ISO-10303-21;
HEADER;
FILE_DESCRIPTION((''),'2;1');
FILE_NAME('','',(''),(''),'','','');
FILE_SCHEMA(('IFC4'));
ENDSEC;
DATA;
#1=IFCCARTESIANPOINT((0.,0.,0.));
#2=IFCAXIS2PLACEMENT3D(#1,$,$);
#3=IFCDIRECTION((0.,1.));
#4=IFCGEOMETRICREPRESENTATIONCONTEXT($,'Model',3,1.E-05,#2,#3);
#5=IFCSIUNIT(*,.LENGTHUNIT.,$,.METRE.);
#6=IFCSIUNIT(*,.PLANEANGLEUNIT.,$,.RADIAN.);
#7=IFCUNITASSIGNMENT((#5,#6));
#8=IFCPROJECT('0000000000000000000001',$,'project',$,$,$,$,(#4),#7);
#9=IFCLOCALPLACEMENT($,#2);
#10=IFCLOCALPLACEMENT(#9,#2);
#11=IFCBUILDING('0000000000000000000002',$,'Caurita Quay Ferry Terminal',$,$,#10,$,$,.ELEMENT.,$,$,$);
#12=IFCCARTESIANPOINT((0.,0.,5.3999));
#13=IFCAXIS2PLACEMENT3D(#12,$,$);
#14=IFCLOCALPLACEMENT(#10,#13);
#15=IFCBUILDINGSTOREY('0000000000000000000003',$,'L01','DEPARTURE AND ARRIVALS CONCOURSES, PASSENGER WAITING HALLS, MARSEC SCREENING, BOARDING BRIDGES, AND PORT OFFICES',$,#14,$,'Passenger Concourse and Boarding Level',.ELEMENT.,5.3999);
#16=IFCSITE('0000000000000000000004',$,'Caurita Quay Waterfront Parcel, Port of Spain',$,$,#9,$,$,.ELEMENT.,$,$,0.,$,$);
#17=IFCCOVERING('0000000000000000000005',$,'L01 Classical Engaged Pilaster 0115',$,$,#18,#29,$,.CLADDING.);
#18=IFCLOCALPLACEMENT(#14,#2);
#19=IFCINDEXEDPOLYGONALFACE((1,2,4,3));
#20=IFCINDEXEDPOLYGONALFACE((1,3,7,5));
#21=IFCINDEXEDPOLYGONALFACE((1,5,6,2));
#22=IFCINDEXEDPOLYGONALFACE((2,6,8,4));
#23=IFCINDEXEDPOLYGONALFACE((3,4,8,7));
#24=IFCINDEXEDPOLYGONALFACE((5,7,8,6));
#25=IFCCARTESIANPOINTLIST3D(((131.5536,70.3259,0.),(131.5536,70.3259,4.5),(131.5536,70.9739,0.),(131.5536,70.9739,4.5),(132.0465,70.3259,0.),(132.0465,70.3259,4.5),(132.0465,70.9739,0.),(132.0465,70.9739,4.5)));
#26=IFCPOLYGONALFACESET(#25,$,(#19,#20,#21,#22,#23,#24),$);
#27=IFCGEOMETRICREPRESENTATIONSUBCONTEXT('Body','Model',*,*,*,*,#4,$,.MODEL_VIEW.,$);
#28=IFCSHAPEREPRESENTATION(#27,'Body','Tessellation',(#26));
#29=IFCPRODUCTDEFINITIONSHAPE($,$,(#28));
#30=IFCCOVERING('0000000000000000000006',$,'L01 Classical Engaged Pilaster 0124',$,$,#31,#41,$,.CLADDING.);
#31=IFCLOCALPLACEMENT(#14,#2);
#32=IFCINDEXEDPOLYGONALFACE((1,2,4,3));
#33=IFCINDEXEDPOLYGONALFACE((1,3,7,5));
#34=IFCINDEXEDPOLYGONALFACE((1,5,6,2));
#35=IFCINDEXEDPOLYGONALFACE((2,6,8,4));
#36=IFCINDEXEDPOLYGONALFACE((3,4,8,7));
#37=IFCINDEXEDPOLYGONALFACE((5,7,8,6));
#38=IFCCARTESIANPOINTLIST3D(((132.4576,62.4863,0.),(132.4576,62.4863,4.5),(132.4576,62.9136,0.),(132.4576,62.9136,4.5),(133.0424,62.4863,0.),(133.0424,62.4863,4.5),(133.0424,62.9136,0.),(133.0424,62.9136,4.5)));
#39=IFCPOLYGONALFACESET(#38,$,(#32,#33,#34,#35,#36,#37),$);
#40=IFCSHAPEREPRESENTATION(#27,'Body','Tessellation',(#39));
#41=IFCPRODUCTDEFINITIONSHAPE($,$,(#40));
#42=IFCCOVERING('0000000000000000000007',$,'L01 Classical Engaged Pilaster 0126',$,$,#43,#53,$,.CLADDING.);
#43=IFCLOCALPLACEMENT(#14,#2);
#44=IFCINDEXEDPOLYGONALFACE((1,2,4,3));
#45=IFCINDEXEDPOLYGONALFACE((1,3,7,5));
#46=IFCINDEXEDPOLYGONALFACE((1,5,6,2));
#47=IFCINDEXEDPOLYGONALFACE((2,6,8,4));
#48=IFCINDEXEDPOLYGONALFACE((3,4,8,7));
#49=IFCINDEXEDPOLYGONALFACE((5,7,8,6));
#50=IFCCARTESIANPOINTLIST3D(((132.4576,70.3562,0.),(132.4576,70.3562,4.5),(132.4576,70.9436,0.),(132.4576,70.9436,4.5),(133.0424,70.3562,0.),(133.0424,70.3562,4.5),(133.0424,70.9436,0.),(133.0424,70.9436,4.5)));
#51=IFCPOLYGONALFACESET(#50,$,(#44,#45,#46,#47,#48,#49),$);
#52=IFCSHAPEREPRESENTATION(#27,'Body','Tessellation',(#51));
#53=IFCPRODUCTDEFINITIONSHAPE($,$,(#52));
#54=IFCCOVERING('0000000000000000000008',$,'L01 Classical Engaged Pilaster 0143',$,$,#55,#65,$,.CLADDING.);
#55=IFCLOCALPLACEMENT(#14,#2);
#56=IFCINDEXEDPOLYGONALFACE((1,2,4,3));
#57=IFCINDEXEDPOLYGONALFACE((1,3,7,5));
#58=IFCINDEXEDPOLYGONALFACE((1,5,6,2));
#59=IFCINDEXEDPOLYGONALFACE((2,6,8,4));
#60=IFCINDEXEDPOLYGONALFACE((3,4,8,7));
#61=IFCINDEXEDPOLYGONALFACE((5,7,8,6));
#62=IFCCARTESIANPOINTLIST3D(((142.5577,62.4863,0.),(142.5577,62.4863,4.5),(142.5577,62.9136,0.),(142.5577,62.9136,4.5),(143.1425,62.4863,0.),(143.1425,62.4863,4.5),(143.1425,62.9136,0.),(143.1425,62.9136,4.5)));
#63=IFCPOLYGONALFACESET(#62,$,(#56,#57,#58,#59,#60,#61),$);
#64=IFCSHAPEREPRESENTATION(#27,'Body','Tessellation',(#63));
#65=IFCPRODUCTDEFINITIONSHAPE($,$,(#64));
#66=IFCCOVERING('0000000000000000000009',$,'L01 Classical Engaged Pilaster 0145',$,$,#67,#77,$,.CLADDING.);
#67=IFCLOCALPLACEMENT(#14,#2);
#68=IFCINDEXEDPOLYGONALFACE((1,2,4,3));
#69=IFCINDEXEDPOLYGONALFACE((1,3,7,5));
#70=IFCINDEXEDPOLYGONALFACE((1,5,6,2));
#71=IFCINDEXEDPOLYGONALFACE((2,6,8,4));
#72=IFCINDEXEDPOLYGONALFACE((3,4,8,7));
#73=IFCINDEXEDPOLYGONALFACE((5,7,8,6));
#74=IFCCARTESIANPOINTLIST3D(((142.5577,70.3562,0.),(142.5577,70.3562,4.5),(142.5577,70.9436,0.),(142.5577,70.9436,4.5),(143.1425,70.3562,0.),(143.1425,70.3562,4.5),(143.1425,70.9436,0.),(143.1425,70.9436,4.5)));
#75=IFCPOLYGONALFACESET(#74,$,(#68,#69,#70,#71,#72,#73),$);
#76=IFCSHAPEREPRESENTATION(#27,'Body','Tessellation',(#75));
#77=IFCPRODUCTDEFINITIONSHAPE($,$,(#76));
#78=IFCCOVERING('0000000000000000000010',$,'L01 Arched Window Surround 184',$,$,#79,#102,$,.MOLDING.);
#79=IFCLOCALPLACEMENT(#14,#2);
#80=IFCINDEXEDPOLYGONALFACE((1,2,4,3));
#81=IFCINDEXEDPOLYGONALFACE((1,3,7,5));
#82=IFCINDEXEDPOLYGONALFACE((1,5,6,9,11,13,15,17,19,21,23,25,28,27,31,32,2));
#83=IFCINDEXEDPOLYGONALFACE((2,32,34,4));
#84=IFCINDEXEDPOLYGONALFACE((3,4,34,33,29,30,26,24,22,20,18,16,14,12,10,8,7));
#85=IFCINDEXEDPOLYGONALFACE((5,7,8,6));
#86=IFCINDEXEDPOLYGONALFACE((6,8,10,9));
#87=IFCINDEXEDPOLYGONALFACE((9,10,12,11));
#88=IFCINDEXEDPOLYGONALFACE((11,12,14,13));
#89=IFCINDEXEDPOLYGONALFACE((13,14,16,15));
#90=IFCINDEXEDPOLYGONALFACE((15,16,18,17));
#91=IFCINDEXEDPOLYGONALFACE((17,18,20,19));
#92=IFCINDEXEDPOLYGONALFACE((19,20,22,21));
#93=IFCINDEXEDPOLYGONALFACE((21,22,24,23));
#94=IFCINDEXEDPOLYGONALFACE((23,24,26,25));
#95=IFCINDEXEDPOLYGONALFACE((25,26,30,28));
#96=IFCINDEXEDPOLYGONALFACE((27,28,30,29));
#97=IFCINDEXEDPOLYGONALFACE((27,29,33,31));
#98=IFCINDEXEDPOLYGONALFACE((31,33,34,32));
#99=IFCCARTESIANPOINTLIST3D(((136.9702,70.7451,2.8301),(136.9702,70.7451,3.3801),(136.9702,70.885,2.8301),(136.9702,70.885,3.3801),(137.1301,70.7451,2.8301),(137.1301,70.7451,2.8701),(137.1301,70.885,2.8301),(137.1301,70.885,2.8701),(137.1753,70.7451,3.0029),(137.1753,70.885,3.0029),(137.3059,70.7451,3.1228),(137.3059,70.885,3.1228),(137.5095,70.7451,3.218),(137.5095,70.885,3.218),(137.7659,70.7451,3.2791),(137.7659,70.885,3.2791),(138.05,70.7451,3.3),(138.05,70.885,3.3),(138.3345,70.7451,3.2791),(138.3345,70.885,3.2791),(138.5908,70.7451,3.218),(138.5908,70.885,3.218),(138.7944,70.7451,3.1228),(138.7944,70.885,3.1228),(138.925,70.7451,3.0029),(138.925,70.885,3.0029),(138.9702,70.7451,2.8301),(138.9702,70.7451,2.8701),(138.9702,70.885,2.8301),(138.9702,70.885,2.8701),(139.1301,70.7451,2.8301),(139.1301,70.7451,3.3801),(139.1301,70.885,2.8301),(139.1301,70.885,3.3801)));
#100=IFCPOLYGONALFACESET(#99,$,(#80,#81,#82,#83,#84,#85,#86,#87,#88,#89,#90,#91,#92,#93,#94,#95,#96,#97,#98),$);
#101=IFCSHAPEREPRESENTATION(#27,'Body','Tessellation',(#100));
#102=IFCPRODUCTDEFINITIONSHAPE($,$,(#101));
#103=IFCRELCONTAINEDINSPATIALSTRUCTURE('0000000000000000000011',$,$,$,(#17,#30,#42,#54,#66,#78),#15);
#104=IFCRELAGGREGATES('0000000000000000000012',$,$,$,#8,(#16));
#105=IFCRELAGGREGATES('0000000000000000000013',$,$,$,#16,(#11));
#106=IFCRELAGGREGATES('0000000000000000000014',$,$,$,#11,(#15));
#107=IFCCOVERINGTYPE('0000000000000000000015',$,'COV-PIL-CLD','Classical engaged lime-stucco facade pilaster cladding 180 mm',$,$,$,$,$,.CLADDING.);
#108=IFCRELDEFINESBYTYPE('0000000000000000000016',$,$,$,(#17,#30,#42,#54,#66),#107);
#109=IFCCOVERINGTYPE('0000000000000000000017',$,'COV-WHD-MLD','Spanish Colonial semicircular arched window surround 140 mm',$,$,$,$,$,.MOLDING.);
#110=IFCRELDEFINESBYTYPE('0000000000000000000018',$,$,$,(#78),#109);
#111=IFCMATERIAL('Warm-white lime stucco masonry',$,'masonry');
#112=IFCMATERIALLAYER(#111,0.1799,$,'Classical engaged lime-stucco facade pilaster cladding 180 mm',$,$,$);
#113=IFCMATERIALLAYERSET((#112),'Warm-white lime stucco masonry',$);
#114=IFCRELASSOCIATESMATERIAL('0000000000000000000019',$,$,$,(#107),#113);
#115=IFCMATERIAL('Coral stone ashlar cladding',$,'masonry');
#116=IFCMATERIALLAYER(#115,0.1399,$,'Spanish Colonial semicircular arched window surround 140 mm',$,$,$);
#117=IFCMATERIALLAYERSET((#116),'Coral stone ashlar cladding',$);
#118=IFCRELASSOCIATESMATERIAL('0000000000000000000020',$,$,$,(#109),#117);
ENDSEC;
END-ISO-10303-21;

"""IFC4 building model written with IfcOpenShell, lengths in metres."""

from ifc_helpers import new_model, si_unit, direction, frame, origin, origin_2d, place, context, subcontext, project, spatial, polyline, rectangle, outline, extrude, material, layer, layer_set, type_object, element, save


model = new_model("IFC4")

# Units and contexts
model_context = context("Model", 3, precision=1e-05, world=origin(), true_north=direction((0.0, 1.0)))
body_context = subcontext(model_context, "Body", "Model", "MODEL_VIEW")
ifc_project = project(units=[si_unit("LENGTHUNIT", "METRE"), si_unit("PLANEANGLEUNIT", "RADIAN")], contexts=[model_context])

# Site, building, storey
site_placement = place(None, origin())
site = spatial("IfcSite", under=ifc_project, at=site_placement, Name="Caurita Quay Waterfront Parcel, Port of Spain", CompositionType="ELEMENT", RefElevation=0.0)
building_placement = place(site_placement, origin())
building = spatial("IfcBuilding", under=site, at=building_placement, Name="Caurita Quay Ferry Terminal", CompositionType="ELEMENT")
storey_placement = place(building_placement, frame((0.0, 0.0, 5.3999)))
storey = spatial("IfcBuildingStorey", under=building, at=storey_placement, Name="L01", Description="DEPARTURE AND ARRIVALS CONCOURSES, PASSENGER WAITING HALLS, MARSEC SCREENING, BOARDING BRIDGES, AND PORT OFFICES", LongName="Passenger Concourse and Boarding Level", CompositionType="ELEMENT", Elevation=5.3999)

# Shared definitions
ifc_material_1 = material(Name="Warm-white lime stucco masonry", Category="masonry")

# Coverings
ifc_layer_1 = layer(ifc_material_1, 0.1799, Name="Classical engaged lime-stucco facade pilaster cladding 180 mm")
ifc_layer_set_1 = layer_set([ifc_layer_1], Name="Warm-white lime stucco masonry")
covering_type_1 = type_object("IfcCoveringType", Name="COV-PIL-CLD", Description="Classical engaged lime-stucco facade pilaster cladding 180 mm", PredefinedType="CLADDING", material=ifc_layer_set_1)
covering_1_placement = place(storey_placement, frame((131.8, 70.6499, 0.0), z_axis=(0.0, 0.0, 1.0), x_axis=(1.0, 0.0, 0.0)))
element("IfcCovering", 1, at=covering_1_placement, inside=storey, type_object=covering_type_1, Name="L01 Classical Engaged Pilaster 0115", PredefinedType="CLADDING", context=body_context, shape_type="SweptSolid", body=[
    extrude(rectangle(XDim=0.4929, YDim=0.6479, at=origin_2d()), origin(), (0.0, 0.0, 1.0), 4.5),
])
covering_2_placement = place(storey_placement, frame((132.75, 62.7, 0.0), z_axis=(0.0, 0.0, 1.0), x_axis=(1.0, 0.0, 0.0)))
element("IfcCovering", 2, at=covering_2_placement, inside=storey, type_object=covering_type_1, Name="L01 Classical Engaged Pilaster 0124", PredefinedType="CLADDING", context=body_context, shape_type="SweptSolid", body=[
    extrude(rectangle(XDim=0.5847, YDim=0.4272, at=origin_2d()), origin(), (0.0, 0.0, 1.0), 4.5),
])
covering_3_placement = place(storey_placement, frame((132.75, 70.6499, 0.0), z_axis=(0.0, 0.0, 1.0), x_axis=(1.0, 0.0, 0.0)))
element("IfcCovering", 3, at=covering_3_placement, inside=storey, type_object=covering_type_1, Name="L01 Classical Engaged Pilaster 0126", PredefinedType="CLADDING", context=body_context, shape_type="SweptSolid", body=[
    extrude(rectangle(XDim=0.5847, YDim=0.5874, at=origin_2d()), origin(), (0.0, 0.0, 1.0), 4.5),
])
covering_4_placement = place(storey_placement, frame((142.8501, 62.7, 0.0), z_axis=(0.0, 0.0, 1.0), x_axis=(1.0, 0.0, 0.0)))
element("IfcCovering", 4, at=covering_4_placement, inside=storey, type_object=covering_type_1, Name="L01 Classical Engaged Pilaster 0143", PredefinedType="CLADDING", context=body_context, shape_type="SweptSolid", body=[
    extrude(rectangle(XDim=0.5847, YDim=0.4272, at=origin_2d()), origin(), (0.0, 0.0, 1.0), 4.5),
])
covering_5_placement = place(storey_placement, frame((142.8501, 70.6499, 0.0), z_axis=(0.0, 0.0, 1.0), x_axis=(1.0, 0.0, 0.0)))
element("IfcCovering", 5, at=covering_5_placement, inside=storey, type_object=covering_type_1, Name="L01 Classical Engaged Pilaster 0145", PredefinedType="CLADDING", context=body_context, shape_type="SweptSolid", body=[
    extrude(rectangle(XDim=0.5847, YDim=0.5874, at=origin_2d()), origin(), (0.0, 0.0, 1.0), 4.5),
])
ifc_material_2 = material(Name="Coral stone ashlar cladding", Category="masonry")
ifc_layer_2 = layer(ifc_material_2, 0.1399, Name="Spanish Colonial semicircular arched window surround 140 mm")
ifc_layer_set_2 = layer_set([ifc_layer_2], Name="Coral stone ashlar cladding")
covering_type_2 = type_object("IfcCoveringType", Name="COV-WHD-MLD", Description="Spanish Colonial semicircular arched window surround 140 mm", PredefinedType="MOLDING", material=ifc_layer_set_2)
covering_6_placement = place(storey_placement, frame((139.1301, 70.8149, 2.8301), z_axis=(0.0, 0.0, 1.0), x_axis=(-1.0, 0.0, 0.0)))
element("IfcCovering", 6, at=covering_6_placement, inside=storey, type_object=covering_type_2, Name="L01 Arched Window Surround 184", PredefinedType="MOLDING", context=body_context, shape_type="SweptSolid", body=[
    extrude(outline(polyline([(0.0, 0.0), (0.1599, 0.0), (0.1599, 0.04), (0.2051, 0.1729), (0.3357, 0.2927), (0.5393, 0.3879), (0.7957, 0.449), (1.0801, 0.47), (1.3643, 0.449), (1.6206, 0.3879), (1.8242, 0.2927), (1.9548, 0.1729), (2.0, 0.04), (2.0, 0.0), (2.1599, 0.0), (2.1599, 0.55), (0.0, 0.55), (0.0, 0.0)])), frame((0.0, 0.0698, 0.0), z_axis=(0.0, -1.0, 0.0), x_axis=(1.0, 0.0, 0.0)), (0.0, 0.0, 1.0), 0.1399),
])

save(model, "model.ifc")
